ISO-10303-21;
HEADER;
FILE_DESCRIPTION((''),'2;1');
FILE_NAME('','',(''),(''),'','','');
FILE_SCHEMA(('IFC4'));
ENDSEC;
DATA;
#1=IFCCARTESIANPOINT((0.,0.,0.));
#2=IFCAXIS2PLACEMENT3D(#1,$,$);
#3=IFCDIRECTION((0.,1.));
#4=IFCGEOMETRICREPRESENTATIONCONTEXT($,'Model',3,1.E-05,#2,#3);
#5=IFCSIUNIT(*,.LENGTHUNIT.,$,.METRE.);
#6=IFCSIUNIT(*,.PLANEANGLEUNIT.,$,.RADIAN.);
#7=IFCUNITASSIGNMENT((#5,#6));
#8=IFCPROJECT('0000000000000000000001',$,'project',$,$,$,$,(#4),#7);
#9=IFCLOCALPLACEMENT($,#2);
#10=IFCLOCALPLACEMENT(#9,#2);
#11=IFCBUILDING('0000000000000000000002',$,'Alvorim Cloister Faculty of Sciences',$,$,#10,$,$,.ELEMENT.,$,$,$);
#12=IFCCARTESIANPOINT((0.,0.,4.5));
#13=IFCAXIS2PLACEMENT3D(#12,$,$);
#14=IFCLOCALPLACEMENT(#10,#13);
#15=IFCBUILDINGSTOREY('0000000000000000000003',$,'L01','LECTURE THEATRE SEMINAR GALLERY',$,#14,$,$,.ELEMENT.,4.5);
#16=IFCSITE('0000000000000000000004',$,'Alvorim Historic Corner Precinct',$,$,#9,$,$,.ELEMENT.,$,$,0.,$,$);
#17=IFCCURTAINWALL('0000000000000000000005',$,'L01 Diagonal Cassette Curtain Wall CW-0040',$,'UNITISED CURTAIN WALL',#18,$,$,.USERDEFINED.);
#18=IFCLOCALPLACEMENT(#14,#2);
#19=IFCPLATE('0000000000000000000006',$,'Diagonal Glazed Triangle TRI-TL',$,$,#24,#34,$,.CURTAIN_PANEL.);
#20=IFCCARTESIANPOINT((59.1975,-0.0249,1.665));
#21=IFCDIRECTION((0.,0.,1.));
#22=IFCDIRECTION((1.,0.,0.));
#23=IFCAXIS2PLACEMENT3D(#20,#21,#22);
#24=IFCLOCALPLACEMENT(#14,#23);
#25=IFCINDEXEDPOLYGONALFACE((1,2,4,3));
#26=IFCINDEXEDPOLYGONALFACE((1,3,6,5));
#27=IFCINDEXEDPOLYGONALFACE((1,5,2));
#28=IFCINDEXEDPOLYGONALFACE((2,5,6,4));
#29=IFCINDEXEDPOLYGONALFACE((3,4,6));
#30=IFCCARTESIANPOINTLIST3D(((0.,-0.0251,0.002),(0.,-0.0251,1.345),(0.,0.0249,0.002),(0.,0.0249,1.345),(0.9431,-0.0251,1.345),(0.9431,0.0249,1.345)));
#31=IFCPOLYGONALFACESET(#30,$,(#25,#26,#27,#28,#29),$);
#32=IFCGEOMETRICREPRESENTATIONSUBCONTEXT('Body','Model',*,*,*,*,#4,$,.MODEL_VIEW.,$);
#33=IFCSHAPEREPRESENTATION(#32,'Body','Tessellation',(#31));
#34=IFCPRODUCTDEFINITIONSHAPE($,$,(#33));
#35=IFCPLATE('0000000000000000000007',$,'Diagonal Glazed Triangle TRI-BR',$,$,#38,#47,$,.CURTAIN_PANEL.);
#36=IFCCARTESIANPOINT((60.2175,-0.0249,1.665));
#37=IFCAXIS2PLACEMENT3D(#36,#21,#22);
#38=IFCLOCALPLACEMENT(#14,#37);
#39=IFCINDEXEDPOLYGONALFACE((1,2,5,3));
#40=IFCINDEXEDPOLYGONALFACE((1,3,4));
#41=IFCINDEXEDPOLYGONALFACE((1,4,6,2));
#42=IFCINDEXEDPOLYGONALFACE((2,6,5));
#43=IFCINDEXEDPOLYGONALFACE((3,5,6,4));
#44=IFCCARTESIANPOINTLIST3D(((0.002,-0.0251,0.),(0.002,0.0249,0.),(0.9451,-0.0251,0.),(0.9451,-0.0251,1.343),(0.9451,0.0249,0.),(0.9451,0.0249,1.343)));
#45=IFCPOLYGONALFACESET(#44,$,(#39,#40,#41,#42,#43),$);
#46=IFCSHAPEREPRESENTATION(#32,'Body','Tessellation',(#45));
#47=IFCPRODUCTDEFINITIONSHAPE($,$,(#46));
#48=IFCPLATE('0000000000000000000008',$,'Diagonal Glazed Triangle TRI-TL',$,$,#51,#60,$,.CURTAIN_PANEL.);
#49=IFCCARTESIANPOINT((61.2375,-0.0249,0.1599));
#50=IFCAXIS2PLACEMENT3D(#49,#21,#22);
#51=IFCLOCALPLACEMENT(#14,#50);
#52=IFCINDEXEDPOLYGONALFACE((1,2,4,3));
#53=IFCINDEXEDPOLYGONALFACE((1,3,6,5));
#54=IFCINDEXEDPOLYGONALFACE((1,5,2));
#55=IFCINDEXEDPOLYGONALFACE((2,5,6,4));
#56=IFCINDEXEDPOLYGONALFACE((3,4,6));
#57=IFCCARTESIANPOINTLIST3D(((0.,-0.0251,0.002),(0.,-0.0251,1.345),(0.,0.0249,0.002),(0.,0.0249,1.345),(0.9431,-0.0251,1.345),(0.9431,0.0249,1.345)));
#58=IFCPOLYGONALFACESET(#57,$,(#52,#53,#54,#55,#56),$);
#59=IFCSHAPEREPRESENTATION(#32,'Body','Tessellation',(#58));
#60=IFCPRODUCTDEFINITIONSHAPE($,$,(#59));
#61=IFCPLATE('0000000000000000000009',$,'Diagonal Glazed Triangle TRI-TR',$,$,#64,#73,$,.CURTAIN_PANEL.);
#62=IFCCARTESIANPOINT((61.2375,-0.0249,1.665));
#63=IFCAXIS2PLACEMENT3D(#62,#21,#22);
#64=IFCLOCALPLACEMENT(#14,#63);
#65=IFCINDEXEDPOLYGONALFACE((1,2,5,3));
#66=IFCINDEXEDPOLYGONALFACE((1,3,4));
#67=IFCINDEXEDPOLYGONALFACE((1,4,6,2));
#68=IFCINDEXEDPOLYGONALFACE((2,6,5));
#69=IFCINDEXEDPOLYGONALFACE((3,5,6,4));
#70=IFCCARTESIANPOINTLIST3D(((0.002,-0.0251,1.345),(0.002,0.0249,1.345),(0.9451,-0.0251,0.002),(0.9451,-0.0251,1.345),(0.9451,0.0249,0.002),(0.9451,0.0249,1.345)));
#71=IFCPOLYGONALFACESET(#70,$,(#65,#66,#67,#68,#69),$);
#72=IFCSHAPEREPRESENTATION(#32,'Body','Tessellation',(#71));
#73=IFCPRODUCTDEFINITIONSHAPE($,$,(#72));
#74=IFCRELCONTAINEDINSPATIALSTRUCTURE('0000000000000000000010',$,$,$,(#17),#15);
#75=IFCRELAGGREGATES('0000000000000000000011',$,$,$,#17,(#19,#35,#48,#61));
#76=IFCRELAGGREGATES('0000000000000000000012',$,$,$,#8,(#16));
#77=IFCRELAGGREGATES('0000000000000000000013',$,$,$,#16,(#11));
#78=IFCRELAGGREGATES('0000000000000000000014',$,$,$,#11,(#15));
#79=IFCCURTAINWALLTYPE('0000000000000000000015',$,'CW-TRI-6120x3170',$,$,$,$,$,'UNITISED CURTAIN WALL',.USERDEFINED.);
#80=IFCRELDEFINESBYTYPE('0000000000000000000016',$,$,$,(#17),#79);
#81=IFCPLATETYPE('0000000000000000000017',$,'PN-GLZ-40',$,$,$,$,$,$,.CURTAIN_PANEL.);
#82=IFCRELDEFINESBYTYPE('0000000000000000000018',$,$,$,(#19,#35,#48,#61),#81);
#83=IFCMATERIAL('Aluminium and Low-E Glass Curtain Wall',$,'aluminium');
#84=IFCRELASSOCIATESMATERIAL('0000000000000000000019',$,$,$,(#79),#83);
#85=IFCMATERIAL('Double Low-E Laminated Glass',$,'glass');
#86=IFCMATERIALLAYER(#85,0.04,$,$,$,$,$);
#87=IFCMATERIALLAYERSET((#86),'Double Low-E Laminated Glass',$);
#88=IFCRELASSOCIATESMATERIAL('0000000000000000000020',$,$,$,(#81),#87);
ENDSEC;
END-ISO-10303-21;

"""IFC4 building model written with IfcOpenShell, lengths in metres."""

from ifc_helpers import new_model, si_unit, direction, frame, origin, place, context, subcontext, project, spatial, polyline, outline, extrude, material, layer, layer_set, type_object, element, aggregate, save


model = new_model("IFC4")

# Units and contexts
model_context = context("Model", 3, precision=1e-05, world=origin(), true_north=direction((0.0, 1.0)))
body_context = subcontext(model_context, "Body", "Model", "MODEL_VIEW")
ifc_project = project(units=[si_unit("LENGTHUNIT", "METRE"), si_unit("PLANEANGLEUNIT", "RADIAN")], contexts=[model_context])

# Site, building, storey
site_placement = place(None, origin())
site = spatial("IfcSite", under=ifc_project, at=site_placement, Name="Alvorim Historic Corner Precinct", CompositionType="ELEMENT", RefElevation=0.0)
building_placement = place(site_placement, origin())
building = spatial("IfcBuilding", under=site, at=building_placement, Name="Alvorim Cloister Faculty of Sciences", CompositionType="ELEMENT")
storey_placement = place(building_placement, frame((0.0, 0.0, 4.5)))
storey = spatial("IfcBuildingStorey", under=building, at=storey_placement, Name="L01", Description="LECTURE THEATRE SEMINAR GALLERY", CompositionType="ELEMENT", Elevation=4.5)

# Curtain wall, plates
ifc_material_1 = material(Name="Aluminium and Low-E Glass Curtain Wall", Category="aluminium")
curtain_wall_type = type_object("IfcCurtainWallType", Name="CW-TRI-6120x3170", ElementType="UNITISED CURTAIN WALL", PredefinedType="USERDEFINED", material=ifc_material_1)
curtain_wall_placement = place(storey_placement, origin())
curtain_wall = element("IfcCurtainWall", 1, at=curtain_wall_placement, inside=storey, type_object=curtain_wall_type, Name="L01 Diagonal Cassette Curtain Wall CW-0040", ObjectType="UNITISED CURTAIN WALL", PredefinedType="USERDEFINED")
ifc_material_2 = material(Name="Double Low-E Laminated Glass", Category="glass")
ifc_layer = layer(ifc_material_2, 0.04)
ifc_layer_set = layer_set([ifc_layer], Name="Double Low-E Laminated Glass")
plate_type = type_object("IfcPlateType", Name="PN-GLZ-40", PredefinedType="CURTAIN_PANEL", material=ifc_layer_set)
plate_1_placement = place(storey_placement, frame((59.1975, -0.0249, 1.665), z_axis=(0.0, 0.0, 1.0), x_axis=(1.0, 0.0, 0.0)))
plate_1 = element("IfcPlate", 2, at=plate_1_placement, type_object=plate_type, Name="Diagonal Glazed Triangle TRI-TL", PredefinedType="CURTAIN_PANEL", context=body_context, shape_type="SweptSolid", body=[
    extrude(outline(polyline([(0.9431, 1.345), (0.0, 1.345), (0.0, 0.002), (0.9431, 1.345)])), frame((0.0, 0.0249, 0.0), z_axis=(0.0, -1.0, 0.0), x_axis=(1.0, 0.0, 0.0)), (0.0, 0.0, 1.0), 0.05),
])
plate_2_placement = place(storey_placement, frame((60.2175, -0.0249, 1.665), z_axis=(0.0, 0.0, 1.0), x_axis=(1.0, 0.0, 0.0)))
plate_2 = element("IfcPlate", 3, at=plate_2_placement, type_object=plate_type, Name="Diagonal Glazed Triangle TRI-BR", PredefinedType="CURTAIN_PANEL", context=body_context, shape_type="SweptSolid", body=[
    extrude(outline(polyline([(0.002, 0.0), (0.9451, 0.0), (0.9451, 1.343), (0.002, 0.0)])), frame((0.0, 0.0249, 0.0), z_axis=(0.0, -1.0, 0.0), x_axis=(1.0, 0.0, 0.0)), (0.0, 0.0, 1.0), 0.05),
])
plate_3_placement = place(storey_placement, frame((61.2375, -0.0249, 0.1599), z_axis=(0.0, 0.0, 1.0), x_axis=(1.0, 0.0, 0.0)))
plate_3 = element("IfcPlate", 4, at=plate_3_placement, type_object=plate_type, Name="Diagonal Glazed Triangle TRI-TL", PredefinedType="CURTAIN_PANEL", context=body_context, shape_type="SweptSolid", body=[
    extrude(outline(polyline([(0.9431, 1.345), (0.0, 1.345), (0.0, 0.002), (0.9431, 1.345)])), frame((0.0, 0.0249, 0.0), z_axis=(0.0, -1.0, 0.0), x_axis=(1.0, 0.0, 0.0)), (0.0, 0.0, 1.0), 0.05),
])
plate_4_placement = place(storey_placement, frame((61.2375, -0.0249, 1.665), z_axis=(0.0, 0.0, 1.0), x_axis=(1.0, 0.0, 0.0)))
plate_4 = element("IfcPlate", 5, at=plate_4_placement, type_object=plate_type, Name="Diagonal Glazed Triangle TRI-TR", PredefinedType="CURTAIN_PANEL", context=body_context, shape_type="SweptSolid", body=[
    extrude(outline(polyline([(0.9451, 0.002), (0.9451, 1.345), (0.002, 1.345), (0.9451, 0.002)])), frame((0.0, 0.0249, 0.0), z_axis=(0.0, -1.0, 0.0), x_axis=(1.0, 0.0, 0.0)), (0.0, 0.0, 1.0), 0.05),
])
aggregate(curtain_wall, [plate_1, plate_2, plate_3, plate_4])

save(model, "model.ifc")
